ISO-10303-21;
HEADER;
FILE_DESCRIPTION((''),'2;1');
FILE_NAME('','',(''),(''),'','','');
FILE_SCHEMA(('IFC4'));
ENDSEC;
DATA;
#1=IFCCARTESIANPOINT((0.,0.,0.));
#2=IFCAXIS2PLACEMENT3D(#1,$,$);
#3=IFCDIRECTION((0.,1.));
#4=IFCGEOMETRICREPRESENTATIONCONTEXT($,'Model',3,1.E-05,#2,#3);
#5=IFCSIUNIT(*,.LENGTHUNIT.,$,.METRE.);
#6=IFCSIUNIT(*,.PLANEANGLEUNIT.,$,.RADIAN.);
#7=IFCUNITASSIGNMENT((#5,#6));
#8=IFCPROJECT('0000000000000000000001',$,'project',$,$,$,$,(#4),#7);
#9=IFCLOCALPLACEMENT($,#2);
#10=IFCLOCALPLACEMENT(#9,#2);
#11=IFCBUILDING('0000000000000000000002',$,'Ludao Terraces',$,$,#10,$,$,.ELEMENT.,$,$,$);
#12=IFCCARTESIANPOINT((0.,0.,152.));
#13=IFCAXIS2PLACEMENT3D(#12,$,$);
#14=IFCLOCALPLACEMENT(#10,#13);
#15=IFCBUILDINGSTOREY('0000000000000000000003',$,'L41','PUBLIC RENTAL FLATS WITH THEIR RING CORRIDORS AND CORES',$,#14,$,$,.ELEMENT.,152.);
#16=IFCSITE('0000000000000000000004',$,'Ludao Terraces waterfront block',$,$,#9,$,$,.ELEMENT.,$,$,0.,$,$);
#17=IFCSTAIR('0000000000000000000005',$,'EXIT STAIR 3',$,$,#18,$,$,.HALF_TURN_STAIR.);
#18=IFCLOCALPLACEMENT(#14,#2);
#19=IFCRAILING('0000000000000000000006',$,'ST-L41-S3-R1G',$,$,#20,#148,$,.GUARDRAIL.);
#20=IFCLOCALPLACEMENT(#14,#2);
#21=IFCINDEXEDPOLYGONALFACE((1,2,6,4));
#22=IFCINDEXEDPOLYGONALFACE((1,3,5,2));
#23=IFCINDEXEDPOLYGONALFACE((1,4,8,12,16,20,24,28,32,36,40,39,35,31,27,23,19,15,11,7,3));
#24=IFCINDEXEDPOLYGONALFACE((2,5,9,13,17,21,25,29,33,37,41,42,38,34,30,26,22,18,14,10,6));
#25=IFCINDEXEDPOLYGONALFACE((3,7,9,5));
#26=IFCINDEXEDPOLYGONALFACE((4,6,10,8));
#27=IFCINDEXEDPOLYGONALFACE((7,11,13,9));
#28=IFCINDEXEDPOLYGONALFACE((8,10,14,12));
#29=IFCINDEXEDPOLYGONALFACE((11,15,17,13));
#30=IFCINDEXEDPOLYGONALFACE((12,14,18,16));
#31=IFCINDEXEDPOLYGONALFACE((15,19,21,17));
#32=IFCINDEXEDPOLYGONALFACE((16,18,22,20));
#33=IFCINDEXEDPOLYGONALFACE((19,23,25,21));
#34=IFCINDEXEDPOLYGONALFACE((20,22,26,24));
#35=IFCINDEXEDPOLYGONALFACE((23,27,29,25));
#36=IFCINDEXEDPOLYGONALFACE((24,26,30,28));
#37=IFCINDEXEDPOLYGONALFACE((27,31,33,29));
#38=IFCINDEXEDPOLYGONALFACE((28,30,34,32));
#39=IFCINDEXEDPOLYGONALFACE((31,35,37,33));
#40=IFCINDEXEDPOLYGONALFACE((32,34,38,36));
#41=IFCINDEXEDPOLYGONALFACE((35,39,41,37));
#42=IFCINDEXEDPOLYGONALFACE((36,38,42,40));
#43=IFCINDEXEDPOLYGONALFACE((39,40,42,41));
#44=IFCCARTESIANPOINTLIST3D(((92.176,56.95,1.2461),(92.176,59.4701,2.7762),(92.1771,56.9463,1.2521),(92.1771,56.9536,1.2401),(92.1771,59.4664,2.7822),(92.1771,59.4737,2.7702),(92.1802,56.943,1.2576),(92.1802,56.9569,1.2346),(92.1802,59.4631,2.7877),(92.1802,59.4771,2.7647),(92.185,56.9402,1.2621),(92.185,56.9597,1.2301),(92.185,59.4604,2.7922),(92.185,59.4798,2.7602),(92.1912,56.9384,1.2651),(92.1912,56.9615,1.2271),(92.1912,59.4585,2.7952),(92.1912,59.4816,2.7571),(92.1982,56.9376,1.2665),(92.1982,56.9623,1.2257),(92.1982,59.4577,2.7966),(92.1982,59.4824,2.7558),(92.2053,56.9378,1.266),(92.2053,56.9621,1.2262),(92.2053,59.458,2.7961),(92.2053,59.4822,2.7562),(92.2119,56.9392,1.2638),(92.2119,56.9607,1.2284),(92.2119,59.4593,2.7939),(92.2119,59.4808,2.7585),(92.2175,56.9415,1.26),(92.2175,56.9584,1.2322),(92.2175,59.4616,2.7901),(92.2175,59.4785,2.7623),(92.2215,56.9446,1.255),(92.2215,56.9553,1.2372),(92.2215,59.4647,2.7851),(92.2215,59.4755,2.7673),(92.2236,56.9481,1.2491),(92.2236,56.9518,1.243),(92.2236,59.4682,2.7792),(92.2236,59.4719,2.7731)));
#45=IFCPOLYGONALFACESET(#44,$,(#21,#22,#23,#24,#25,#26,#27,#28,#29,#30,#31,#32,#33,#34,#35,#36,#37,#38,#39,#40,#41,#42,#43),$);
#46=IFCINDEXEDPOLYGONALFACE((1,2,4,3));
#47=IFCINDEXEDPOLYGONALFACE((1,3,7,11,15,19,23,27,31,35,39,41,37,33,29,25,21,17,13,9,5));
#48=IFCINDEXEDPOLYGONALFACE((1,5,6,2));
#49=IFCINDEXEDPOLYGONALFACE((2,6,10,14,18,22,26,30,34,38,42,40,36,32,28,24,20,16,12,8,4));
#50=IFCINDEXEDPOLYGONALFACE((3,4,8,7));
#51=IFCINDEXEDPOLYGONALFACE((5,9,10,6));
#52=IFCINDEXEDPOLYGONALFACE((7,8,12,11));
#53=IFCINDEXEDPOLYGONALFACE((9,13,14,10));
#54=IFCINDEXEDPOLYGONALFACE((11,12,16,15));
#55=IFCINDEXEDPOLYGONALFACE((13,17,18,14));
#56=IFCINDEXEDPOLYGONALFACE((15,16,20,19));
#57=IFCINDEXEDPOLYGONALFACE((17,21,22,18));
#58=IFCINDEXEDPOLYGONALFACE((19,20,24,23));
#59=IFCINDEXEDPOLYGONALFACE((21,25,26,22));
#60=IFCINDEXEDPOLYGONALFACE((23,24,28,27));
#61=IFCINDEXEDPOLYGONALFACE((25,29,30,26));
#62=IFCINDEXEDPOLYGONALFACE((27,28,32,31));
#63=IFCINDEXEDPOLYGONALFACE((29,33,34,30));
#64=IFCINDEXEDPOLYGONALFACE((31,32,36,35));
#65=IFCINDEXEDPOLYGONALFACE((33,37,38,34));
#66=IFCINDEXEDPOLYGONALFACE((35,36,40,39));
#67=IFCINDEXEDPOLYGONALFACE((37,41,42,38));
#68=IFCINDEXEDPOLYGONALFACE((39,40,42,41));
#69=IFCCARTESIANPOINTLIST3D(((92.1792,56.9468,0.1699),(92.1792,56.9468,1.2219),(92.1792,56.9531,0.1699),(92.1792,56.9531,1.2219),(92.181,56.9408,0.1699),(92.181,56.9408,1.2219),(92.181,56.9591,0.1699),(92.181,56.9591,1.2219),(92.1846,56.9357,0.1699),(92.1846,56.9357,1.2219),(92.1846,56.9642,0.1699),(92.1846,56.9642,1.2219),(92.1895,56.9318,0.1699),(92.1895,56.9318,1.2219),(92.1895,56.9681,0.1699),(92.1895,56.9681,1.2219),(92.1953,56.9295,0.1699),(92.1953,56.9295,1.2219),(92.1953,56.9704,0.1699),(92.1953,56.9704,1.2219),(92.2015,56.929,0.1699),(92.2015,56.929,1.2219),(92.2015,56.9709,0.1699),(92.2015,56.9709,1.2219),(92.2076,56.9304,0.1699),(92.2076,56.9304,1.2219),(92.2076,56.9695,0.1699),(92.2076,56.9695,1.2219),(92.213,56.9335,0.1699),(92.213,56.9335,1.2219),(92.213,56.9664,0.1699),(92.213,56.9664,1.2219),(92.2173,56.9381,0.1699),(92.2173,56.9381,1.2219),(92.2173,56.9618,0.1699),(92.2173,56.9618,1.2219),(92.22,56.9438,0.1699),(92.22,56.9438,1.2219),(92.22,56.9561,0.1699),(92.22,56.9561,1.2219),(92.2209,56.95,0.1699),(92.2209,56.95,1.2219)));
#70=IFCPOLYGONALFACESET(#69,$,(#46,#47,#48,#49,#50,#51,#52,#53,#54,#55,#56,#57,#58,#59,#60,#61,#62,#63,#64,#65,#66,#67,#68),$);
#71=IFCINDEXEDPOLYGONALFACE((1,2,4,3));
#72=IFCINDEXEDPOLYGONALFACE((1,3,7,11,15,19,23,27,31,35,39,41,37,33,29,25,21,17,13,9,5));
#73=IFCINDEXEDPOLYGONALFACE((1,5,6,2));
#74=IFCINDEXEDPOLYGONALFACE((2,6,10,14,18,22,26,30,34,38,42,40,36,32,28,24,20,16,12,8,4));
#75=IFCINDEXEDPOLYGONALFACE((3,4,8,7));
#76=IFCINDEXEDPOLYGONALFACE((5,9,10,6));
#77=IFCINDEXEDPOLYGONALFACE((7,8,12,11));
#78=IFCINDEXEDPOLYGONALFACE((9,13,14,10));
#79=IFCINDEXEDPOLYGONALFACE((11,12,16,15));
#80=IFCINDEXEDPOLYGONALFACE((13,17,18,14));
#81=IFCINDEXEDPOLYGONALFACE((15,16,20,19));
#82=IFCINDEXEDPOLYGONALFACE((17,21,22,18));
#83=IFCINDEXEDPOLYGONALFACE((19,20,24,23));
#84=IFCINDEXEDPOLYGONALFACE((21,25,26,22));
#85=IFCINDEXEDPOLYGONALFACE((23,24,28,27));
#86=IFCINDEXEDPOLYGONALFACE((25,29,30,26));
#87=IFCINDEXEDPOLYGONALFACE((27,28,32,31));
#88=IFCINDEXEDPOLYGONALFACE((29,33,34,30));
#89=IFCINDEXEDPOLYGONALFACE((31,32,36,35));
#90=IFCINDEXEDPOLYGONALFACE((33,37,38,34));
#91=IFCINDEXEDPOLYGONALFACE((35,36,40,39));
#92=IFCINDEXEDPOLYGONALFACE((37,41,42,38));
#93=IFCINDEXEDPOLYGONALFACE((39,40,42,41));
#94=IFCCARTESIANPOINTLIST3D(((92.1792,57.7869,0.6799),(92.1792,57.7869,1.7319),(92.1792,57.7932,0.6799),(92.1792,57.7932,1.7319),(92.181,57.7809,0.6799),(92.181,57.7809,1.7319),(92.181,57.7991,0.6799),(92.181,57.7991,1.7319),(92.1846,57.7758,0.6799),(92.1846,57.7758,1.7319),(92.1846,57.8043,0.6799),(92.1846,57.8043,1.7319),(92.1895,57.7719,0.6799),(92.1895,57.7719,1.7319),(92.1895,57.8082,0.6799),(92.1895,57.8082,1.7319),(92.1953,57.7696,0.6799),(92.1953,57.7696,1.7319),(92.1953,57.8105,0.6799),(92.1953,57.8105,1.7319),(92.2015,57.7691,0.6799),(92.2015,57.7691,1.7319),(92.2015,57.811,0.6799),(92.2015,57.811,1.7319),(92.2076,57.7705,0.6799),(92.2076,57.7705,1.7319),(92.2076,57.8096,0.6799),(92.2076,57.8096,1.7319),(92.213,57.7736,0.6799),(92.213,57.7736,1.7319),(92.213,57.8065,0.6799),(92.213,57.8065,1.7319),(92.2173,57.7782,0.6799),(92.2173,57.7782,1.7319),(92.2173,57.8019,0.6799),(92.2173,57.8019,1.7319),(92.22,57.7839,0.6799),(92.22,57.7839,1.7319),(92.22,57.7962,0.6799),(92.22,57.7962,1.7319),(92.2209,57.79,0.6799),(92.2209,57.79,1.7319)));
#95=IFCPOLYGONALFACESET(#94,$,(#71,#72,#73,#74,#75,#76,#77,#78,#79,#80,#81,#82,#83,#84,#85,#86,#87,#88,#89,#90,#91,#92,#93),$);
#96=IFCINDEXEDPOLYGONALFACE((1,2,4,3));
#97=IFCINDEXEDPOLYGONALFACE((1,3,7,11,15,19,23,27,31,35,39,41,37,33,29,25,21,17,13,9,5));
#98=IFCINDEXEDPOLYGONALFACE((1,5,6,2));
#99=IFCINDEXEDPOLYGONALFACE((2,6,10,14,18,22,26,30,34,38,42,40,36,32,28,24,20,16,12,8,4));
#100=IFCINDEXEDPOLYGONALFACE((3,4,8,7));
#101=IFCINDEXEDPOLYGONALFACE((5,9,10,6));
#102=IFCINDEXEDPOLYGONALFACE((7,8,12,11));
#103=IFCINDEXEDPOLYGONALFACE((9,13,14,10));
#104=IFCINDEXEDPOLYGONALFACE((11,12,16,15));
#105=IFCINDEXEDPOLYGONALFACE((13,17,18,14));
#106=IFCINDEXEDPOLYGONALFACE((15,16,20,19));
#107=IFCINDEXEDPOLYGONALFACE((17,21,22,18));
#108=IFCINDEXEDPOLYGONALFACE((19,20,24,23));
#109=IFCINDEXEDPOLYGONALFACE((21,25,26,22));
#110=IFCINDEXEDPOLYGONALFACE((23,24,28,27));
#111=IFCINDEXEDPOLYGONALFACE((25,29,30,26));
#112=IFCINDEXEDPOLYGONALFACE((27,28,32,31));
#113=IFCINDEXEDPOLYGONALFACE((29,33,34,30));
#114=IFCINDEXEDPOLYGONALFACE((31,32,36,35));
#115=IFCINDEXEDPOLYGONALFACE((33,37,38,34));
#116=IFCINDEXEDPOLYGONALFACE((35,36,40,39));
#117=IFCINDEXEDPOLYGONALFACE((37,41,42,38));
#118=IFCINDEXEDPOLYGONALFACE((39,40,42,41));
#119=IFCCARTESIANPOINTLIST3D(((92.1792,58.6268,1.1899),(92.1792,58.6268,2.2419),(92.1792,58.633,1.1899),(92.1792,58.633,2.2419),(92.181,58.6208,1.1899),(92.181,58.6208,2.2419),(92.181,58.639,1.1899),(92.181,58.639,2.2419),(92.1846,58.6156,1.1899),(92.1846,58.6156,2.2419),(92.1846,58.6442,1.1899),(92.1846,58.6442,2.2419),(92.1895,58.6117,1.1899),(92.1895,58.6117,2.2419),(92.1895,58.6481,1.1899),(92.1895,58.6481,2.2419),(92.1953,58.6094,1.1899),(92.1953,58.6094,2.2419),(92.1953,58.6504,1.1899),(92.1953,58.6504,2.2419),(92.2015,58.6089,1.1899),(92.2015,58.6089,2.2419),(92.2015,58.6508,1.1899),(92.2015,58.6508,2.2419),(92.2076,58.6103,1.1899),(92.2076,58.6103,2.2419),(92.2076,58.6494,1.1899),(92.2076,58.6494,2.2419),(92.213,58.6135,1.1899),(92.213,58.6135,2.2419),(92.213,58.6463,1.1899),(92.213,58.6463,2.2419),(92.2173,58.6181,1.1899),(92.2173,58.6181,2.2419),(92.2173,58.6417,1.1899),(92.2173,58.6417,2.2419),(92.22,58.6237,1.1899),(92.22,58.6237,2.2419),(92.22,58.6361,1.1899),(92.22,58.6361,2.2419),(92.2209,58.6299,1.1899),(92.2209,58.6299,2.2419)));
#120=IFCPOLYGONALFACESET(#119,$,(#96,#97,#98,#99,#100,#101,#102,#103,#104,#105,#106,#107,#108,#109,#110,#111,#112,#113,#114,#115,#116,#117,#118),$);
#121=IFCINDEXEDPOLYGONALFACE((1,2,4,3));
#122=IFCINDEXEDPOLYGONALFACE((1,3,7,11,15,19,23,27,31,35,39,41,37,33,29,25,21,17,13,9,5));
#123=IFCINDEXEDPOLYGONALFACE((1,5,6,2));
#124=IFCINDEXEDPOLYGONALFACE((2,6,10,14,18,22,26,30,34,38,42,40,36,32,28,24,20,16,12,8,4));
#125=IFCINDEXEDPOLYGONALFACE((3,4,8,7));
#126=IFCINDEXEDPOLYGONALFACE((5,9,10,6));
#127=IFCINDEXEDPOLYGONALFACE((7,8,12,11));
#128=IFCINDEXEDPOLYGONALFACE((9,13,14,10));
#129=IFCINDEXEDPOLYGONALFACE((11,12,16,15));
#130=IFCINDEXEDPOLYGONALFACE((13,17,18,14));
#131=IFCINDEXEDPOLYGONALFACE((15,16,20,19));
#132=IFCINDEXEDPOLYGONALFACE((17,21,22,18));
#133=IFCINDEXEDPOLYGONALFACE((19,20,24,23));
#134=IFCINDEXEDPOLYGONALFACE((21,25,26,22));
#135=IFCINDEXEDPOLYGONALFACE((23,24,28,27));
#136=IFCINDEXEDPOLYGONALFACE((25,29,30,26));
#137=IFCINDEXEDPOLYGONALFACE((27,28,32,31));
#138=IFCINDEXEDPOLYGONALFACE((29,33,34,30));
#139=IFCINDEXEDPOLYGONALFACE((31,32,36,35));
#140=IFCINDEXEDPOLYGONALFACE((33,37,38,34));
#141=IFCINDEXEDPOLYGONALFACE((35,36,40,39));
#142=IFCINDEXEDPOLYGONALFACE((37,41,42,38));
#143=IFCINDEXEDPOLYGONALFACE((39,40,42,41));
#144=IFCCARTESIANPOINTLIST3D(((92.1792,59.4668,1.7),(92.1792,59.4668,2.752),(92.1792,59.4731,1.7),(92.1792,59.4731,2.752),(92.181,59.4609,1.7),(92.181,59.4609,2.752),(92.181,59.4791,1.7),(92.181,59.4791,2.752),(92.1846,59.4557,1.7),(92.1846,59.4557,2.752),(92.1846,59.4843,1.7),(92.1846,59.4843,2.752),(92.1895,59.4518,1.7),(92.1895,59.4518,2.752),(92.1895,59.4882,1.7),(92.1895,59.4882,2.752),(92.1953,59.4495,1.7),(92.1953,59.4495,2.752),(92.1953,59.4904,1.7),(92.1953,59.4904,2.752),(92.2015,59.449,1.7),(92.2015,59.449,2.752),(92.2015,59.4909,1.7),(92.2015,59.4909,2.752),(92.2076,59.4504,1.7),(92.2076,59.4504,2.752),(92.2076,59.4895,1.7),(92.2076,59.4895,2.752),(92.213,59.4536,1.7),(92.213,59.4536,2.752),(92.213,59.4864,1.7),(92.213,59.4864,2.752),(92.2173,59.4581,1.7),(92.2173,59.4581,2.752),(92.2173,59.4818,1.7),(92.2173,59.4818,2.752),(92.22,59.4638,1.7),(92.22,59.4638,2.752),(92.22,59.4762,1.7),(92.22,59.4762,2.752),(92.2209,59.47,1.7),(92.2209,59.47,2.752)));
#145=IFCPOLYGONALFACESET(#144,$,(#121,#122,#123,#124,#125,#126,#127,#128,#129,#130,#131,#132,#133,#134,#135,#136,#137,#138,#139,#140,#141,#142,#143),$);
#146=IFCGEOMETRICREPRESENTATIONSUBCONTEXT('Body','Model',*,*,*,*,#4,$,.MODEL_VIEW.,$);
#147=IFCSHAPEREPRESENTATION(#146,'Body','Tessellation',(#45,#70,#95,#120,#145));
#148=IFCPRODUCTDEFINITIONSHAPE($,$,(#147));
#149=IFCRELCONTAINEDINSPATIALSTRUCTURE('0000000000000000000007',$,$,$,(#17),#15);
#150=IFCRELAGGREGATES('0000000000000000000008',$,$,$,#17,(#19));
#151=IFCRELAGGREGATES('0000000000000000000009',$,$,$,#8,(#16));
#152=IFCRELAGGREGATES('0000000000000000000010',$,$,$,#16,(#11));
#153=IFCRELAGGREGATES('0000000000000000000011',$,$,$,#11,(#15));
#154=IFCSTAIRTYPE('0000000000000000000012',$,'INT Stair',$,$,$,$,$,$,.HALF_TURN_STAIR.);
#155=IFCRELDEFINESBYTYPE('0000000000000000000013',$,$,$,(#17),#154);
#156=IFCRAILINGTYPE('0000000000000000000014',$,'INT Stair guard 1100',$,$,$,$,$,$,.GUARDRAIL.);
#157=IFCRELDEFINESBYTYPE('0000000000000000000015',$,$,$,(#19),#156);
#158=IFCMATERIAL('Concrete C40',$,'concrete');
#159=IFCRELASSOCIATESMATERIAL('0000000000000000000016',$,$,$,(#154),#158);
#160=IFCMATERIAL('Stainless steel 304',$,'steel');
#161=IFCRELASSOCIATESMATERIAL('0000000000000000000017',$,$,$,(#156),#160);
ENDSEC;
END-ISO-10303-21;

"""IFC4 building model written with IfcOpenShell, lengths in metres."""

from ifc_helpers import new_model, si_unit, direction, frame, origin, origin_2d, place, context, subcontext, project, spatial, circle, extrude, material, type_object, element, aggregate, save


model = new_model("IFC4")

# Units and contexts
model_context = context("Model", 3, precision=1e-05, world=origin(), true_north=direction((0.0, 1.0)))
body_context = subcontext(model_context, "Body", "Model", "MODEL_VIEW")
ifc_project = project(units=[si_unit("LENGTHUNIT", "METRE"), si_unit("PLANEANGLEUNIT", "RADIAN")], contexts=[model_context])

# Site, building, storey
site_placement = place(None, origin())
site = spatial("IfcSite", under=ifc_project, at=site_placement, Name="Ludao Terraces waterfront block", CompositionType="ELEMENT", RefElevation=0.0)
building_placement = place(site_placement, origin())
building = spatial("IfcBuilding", under=site, at=building_placement, Name="Ludao Terraces", CompositionType="ELEMENT")
storey_placement = place(building_placement, frame((0.0, 0.0, 152.0)))
storey = spatial("IfcBuildingStorey", under=building, at=storey_placement, Name="L41", Description="PUBLIC RENTAL FLATS WITH THEIR RING CORRIDORS AND CORES", CompositionType="ELEMENT", Elevation=152.0)

# Shared definitions
ifc_material_1 = material(Name="Concrete C40", Category="concrete")

# Stair, railing
stair_type = type_object("IfcStairType", Name="INT Stair", PredefinedType="HALF_TURN_STAIR", material=ifc_material_1)
stair_placement = place(storey_placement, origin())
stair = element("IfcStair", 1, at=stair_placement, inside=storey, type_object=stair_type, Name="EXIT STAIR 3", PredefinedType="HALF_TURN_STAIR")
ifc_material_2 = material(Name="Stainless steel 304", Category="steel")
railing_type_1 = type_object("IfcRailingType", Name="INT Stair guard 1100", PredefinedType="GUARDRAIL", material=ifc_material_2)
railing_1_placement = place(storey_placement, frame((92.2, 56.95, 0.1699)))
railing_1 = element("IfcRailing", 2, at=railing_1_placement, type_object=railing_type_1, Name="ST-L41-S3-R1G", PredefinedType="GUARDRAIL", context=body_context, shape_type="SweptSolid", body=[
    extrude(circle(Radius=0.0239, at=origin_2d()), frame((0.0, 0.0, 1.0762), z_axis=(0.0, 0.854785, 0.518982), x_axis=(-1.0, 0.0, 0.0)), (0.0, 0.0, 1.0), 2.9482),
    extrude(circle(Radius=0.021, at=origin_2d()), origin(), (0.0, 0.0, 1.0), 1.052),
    extrude(circle(Radius=0.021, at=origin_2d()), frame((0.0, 0.8401, 0.51)), (0.0, 0.0, 1.0), 1.052),
    extrude(circle(Radius=0.021, at=origin_2d()), frame((0.0, 1.6799, 1.02)), (0.0, 0.0, 1.0), 1.052),
    extrude(circle(Radius=0.021, at=origin_2d()), frame((0.0, 2.52, 1.53)), (0.0, 0.0, 1.0), 1.052),
])
aggregate(stair, [railing_1])

save(model, "model.ifc")
